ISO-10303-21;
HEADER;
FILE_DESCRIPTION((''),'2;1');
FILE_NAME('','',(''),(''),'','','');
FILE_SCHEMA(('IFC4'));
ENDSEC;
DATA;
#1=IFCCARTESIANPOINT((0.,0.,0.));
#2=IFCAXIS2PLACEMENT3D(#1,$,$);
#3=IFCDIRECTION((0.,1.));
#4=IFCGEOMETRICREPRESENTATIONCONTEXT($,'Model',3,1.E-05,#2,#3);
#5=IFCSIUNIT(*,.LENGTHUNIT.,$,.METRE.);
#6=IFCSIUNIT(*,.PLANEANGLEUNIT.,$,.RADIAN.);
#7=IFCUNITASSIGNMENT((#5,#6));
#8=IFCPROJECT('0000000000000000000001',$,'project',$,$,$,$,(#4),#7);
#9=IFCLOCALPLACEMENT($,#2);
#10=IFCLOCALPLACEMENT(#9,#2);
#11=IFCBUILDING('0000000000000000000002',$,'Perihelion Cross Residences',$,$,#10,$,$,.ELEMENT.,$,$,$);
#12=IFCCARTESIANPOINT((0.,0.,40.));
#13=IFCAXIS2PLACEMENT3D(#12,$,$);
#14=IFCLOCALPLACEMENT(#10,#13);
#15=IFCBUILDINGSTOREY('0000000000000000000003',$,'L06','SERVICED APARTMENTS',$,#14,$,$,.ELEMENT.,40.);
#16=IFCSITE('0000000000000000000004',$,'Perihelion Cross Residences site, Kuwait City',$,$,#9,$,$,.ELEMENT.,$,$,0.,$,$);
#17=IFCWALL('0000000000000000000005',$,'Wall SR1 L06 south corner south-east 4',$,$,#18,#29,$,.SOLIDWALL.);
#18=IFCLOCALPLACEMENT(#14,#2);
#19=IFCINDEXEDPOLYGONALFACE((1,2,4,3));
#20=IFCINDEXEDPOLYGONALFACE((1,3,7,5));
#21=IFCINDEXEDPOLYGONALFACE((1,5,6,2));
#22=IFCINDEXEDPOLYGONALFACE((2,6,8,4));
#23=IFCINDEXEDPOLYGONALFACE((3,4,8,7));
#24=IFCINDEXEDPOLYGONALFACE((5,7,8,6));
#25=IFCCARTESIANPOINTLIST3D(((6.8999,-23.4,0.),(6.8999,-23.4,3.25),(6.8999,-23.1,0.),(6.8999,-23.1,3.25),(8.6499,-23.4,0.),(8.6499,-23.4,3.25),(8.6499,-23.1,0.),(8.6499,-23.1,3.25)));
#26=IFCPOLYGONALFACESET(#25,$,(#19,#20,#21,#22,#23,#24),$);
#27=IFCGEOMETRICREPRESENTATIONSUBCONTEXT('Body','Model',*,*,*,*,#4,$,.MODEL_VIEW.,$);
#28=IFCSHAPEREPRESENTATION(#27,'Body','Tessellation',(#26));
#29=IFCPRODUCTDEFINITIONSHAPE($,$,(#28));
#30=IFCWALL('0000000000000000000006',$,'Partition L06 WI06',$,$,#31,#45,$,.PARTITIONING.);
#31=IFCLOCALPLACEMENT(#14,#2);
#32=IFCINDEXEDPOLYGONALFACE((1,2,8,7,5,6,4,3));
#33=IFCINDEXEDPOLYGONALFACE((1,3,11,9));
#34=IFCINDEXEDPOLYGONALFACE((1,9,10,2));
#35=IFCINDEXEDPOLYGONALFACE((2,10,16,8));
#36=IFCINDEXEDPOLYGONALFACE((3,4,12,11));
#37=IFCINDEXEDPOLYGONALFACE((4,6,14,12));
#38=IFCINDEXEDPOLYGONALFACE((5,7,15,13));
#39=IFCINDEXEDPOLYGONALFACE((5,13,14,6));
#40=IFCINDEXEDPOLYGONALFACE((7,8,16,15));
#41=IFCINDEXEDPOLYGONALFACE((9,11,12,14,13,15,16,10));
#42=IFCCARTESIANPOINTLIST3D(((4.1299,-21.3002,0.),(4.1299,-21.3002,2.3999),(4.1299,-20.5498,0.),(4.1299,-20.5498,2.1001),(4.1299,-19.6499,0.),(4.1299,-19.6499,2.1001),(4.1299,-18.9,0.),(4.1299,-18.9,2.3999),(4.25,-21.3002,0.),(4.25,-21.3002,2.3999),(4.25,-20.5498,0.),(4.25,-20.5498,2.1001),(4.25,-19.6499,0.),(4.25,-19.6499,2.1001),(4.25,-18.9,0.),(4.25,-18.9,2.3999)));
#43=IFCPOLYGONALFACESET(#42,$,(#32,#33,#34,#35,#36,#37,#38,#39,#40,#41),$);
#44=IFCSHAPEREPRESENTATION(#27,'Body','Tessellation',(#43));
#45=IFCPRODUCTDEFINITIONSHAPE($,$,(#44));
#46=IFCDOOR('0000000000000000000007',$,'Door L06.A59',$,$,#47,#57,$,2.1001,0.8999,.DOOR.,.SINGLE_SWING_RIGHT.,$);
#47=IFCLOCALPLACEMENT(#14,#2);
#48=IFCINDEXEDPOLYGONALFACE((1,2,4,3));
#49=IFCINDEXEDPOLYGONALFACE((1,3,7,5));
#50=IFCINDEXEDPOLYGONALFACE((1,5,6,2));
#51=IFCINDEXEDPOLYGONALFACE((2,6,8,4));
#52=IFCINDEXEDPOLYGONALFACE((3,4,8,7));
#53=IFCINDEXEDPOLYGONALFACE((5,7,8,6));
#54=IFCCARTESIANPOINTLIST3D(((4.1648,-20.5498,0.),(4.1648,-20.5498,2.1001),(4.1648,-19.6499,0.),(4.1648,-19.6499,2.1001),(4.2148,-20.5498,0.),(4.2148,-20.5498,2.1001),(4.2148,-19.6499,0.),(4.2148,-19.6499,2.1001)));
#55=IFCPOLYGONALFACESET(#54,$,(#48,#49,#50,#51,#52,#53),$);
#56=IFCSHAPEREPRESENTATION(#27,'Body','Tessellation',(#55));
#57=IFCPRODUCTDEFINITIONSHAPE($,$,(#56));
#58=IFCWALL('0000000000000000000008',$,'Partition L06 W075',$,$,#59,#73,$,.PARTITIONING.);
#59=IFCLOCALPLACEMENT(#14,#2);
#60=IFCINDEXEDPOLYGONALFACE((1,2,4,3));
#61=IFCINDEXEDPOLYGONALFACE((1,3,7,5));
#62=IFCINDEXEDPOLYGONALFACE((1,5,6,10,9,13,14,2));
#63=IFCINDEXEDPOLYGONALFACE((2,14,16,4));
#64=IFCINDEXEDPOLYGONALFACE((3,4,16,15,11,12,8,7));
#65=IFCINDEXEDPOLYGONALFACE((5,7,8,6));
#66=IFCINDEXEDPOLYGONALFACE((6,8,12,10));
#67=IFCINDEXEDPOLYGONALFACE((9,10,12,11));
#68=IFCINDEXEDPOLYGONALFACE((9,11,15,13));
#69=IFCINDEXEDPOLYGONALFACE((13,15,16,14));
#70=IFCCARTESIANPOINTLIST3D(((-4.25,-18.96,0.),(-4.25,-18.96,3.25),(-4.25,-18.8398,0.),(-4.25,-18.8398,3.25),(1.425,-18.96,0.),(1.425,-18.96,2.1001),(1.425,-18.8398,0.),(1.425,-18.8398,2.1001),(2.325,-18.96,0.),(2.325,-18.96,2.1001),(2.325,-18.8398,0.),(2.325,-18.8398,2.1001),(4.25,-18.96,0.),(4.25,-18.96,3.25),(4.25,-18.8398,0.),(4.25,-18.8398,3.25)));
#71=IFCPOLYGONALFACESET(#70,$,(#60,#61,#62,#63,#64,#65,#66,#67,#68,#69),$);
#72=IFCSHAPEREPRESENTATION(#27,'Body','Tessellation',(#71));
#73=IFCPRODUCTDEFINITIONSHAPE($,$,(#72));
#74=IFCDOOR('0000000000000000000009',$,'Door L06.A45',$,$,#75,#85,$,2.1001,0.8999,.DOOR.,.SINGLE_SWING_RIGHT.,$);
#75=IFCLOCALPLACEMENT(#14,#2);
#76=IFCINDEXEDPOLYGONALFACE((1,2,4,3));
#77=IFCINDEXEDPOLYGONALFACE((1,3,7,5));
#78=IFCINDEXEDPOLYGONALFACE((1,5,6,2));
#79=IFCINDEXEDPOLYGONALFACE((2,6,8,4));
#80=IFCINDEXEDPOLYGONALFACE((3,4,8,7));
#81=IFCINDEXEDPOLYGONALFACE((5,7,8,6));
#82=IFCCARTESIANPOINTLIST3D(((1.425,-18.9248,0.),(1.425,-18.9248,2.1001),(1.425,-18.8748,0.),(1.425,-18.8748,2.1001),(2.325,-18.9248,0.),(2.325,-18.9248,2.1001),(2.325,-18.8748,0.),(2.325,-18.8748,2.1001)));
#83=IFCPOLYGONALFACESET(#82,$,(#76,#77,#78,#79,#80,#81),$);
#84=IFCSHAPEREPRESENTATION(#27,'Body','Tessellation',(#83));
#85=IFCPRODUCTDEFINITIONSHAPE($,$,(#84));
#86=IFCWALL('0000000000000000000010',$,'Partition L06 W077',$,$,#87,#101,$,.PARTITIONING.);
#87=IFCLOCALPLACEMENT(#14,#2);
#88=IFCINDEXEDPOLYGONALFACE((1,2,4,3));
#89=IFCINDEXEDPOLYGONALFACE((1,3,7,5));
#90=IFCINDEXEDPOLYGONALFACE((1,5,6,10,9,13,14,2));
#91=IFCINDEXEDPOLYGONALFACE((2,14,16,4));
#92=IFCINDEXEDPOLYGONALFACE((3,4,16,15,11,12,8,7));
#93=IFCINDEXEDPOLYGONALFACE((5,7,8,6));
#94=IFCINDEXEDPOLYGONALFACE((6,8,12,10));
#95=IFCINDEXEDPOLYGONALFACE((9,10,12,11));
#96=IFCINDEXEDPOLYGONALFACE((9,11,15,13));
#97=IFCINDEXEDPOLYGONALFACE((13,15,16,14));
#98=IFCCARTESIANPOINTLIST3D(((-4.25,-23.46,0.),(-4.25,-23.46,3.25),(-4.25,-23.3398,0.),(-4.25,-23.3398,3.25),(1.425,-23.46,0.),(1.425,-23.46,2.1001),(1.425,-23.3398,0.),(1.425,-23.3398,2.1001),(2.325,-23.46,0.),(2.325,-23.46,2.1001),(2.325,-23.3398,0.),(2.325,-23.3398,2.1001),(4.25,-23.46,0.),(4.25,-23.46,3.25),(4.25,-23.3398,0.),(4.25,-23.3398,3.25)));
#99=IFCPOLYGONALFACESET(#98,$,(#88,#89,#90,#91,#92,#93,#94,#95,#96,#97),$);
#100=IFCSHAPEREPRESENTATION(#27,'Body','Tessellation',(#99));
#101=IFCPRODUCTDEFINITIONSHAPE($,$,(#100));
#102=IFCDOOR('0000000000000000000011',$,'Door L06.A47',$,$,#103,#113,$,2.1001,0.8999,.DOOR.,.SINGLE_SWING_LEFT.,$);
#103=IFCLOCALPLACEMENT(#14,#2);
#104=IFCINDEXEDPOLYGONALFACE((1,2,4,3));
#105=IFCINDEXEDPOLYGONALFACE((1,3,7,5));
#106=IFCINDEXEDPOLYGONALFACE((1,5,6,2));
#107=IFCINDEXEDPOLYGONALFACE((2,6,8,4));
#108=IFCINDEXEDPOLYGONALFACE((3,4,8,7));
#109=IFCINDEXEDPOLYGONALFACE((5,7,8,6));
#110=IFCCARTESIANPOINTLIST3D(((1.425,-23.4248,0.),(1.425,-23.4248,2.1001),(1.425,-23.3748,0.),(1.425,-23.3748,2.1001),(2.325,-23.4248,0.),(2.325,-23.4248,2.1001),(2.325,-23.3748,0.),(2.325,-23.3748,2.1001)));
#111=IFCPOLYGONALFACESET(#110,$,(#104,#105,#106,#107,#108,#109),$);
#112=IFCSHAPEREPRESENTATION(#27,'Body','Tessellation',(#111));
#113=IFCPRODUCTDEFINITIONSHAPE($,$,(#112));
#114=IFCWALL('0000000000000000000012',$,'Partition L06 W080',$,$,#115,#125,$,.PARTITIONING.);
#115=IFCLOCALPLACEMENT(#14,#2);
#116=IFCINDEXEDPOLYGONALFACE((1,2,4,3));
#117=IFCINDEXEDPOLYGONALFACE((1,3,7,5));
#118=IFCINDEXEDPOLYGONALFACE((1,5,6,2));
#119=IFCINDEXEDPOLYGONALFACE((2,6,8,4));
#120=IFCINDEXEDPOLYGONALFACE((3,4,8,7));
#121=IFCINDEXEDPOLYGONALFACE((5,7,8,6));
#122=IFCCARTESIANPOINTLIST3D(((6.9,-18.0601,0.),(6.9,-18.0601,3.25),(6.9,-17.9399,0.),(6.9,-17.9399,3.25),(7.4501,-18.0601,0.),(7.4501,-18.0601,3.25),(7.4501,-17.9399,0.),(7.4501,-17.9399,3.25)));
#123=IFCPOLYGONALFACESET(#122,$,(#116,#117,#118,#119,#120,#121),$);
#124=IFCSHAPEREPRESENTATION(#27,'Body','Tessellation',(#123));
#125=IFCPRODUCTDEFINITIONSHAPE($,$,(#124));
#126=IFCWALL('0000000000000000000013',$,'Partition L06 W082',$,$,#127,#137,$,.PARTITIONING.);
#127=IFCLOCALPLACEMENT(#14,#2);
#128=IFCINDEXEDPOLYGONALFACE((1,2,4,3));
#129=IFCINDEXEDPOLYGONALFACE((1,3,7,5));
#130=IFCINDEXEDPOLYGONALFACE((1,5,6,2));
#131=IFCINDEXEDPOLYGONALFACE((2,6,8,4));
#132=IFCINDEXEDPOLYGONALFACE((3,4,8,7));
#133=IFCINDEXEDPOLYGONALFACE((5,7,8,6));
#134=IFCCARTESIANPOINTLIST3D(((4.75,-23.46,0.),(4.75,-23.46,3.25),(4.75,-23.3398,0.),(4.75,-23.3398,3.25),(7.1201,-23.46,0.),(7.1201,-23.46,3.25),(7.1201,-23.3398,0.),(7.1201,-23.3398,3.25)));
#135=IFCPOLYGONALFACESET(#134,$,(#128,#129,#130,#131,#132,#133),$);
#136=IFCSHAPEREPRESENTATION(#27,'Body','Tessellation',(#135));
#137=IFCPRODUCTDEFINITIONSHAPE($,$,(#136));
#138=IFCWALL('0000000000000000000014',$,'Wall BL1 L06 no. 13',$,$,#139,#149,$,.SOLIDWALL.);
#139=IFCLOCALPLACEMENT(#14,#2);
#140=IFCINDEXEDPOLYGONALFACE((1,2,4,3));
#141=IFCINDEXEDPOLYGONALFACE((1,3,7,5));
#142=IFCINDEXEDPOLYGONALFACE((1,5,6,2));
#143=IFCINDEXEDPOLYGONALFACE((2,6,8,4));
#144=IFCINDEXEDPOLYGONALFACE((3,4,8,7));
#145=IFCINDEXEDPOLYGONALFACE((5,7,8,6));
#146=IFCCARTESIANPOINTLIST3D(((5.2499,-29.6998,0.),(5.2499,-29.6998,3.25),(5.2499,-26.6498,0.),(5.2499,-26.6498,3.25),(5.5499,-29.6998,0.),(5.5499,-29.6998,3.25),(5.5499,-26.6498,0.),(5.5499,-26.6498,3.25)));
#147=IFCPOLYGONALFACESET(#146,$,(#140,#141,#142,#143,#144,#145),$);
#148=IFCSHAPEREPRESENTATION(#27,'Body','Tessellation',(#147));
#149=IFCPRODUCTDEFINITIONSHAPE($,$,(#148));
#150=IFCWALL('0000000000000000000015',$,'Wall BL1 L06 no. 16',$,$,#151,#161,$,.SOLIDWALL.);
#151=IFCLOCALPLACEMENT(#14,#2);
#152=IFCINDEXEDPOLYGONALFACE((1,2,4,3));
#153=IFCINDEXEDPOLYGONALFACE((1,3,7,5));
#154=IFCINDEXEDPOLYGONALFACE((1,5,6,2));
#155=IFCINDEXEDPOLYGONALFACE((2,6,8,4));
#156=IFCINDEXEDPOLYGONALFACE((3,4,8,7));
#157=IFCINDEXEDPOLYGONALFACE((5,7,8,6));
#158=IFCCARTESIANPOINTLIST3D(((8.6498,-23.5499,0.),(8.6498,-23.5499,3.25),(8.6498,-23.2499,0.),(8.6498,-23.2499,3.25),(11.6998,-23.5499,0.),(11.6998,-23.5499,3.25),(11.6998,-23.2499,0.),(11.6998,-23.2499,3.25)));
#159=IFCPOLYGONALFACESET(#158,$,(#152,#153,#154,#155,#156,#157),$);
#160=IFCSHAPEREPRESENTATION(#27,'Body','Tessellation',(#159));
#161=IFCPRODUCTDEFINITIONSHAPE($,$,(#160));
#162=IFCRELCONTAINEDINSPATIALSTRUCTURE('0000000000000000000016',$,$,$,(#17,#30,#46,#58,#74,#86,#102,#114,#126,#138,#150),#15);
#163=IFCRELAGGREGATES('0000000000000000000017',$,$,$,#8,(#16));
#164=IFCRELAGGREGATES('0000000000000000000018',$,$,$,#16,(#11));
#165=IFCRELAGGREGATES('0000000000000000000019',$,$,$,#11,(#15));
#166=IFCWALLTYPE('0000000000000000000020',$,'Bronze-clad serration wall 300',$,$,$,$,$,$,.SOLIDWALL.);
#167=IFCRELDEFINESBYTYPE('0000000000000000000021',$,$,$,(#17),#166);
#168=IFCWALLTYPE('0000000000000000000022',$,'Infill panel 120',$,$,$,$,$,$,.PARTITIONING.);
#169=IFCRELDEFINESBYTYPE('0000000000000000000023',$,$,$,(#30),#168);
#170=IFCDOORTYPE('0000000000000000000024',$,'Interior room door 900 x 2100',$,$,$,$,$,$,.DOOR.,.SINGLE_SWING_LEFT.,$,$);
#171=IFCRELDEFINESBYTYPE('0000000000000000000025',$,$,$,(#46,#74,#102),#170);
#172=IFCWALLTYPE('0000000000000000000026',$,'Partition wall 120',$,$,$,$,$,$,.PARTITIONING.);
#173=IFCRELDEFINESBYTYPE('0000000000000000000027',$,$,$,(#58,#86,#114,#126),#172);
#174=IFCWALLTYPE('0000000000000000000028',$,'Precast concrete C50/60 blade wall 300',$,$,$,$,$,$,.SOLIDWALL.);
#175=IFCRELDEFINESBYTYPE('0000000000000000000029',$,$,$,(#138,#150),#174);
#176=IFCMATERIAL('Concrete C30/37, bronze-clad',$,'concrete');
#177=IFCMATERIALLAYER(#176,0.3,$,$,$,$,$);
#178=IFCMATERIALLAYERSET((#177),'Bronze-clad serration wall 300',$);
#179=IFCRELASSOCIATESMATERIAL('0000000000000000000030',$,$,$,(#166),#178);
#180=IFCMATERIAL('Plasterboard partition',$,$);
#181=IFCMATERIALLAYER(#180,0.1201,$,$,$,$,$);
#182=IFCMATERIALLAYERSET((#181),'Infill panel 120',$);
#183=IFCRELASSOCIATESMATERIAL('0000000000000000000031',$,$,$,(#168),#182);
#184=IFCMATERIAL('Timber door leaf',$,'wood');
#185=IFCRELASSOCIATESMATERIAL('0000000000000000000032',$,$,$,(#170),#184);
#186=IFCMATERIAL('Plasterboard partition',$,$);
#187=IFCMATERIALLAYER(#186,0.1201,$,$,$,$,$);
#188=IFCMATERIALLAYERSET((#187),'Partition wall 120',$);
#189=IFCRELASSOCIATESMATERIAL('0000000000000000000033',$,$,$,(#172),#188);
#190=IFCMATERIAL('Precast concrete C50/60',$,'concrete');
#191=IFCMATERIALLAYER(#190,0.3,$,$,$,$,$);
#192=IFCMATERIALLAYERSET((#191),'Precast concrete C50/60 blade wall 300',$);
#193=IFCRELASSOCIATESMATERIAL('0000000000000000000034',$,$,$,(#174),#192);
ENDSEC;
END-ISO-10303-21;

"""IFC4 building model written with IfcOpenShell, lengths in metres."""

from ifc_helpers import new_model, si_unit, direction, frame, frame_2d, origin, place, context, subcontext, project, spatial, rectangle, extrude, material, layer, layer_set, type_object, element, fill, save


model = new_model("IFC4")

# Units and contexts
model_context = context("Model", 3, precision=1e-05, world=origin(), true_north=direction((0.0, 1.0)))
body_context = subcontext(model_context, "Body", "Model", "MODEL_VIEW")
ifc_project = project(units=[si_unit("LENGTHUNIT", "METRE"), si_unit("PLANEANGLEUNIT", "RADIAN")], contexts=[model_context])

# Site, building, storey
site_placement = place(None, origin())
site = spatial("IfcSite", under=ifc_project, at=site_placement, Name="Perihelion Cross Residences site, Kuwait City", CompositionType="ELEMENT", RefElevation=0.0)
building_placement = place(site_placement, origin())
building = spatial("IfcBuilding", under=site, at=building_placement, Name="Perihelion Cross Residences", CompositionType="ELEMENT")
storey_placement = place(building_placement, frame((0.0, 0.0, 40.0)))
storey = spatial("IfcBuildingStorey", under=building, at=storey_placement, Name="L06", Description="SERVICED APARTMENTS", CompositionType="ELEMENT", Elevation=40.0)

# Wall
ifc_material_1 = material(Name="Concrete C30/37, bronze-clad", Category="concrete")
ifc_layer_1 = layer(ifc_material_1, 0.3)
ifc_layer_set_1 = layer_set([ifc_layer_1], Name="Bronze-clad serration wall 300")
wall_type_1 = type_object("IfcWallType", Name="Bronze-clad serration wall 300", PredefinedType="SOLIDWALL", material=ifc_layer_set_1)
wall_1_placement = place(storey_placement, frame((6.8999, -23.25, 0.0), z_axis=(0.0, 0.0, 1.0), x_axis=(1.0, 0.0, 0.0)))
element("IfcWall", 1, at=wall_1_placement, inside=storey, type_object=wall_type_1, Name="Wall SR1 L06 south corner south-east 4", PredefinedType="SOLIDWALL", context=body_context, shape_type="SweptSolid", body=[
    extrude(rectangle(XDim=1.75, YDim=0.3, at=frame_2d((0.875, 0.0))), origin(), (0.0, 0.0, 1.0), 3.25),
])

# Walls, openings, doors
ifc_material_2 = material(Name="Plasterboard partition")
ifc_layer_2 = layer(ifc_material_2, 0.1201)
ifc_layer_set_2 = layer_set([ifc_layer_2], Name="Infill panel 120")
wall_type_2 = type_object("IfcWallType", Name="Infill panel 120", PredefinedType="PARTITIONING", material=ifc_layer_set_2)
wall_2_placement = place(storey_placement, frame((4.1899, -18.8999, 0.0), z_axis=(0.0, 0.0, 1.0), x_axis=(0.0, -1.0, 0.0)))
wall_2 = element("IfcWall", 2, at=wall_2_placement, inside=storey, type_object=wall_type_2, Name="Partition L06 WI06", PredefinedType="PARTITIONING", context=body_context, shape_type="SweptSolid", body=[
    extrude(rectangle(XDim=2.4001, YDim=0.1201, at=frame_2d((1.2002, 0.0))), origin(), (0.0, 0.0, 1.0), 2.3999),
])
opening_1_placement = place(wall_2_placement, frame((0.75, 0.0, 0.0)))
opening_1 = element("IfcOpeningElement", 3, at=opening_1_placement, cuts=wall_2, PredefinedType="OPENING", context=body_context, shape_type="SweptSolid", body=[
    extrude(rectangle(XDim=0.8999, YDim=2.1001, at=frame_2d((0.45, 1.05))), frame((0.0, 0.0701, 0.0), z_axis=(0.0, -1.0, 0.0), x_axis=(1.0, 0.0, 0.0)), (0.0, 0.0, 1.0), 0.1401),
])
ifc_material_3 = material(Name="Timber door leaf", Category="wood")
door_type_1 = type_object("IfcDoorType", Name="Interior room door 900 x 2100", OperationType="SINGLE_SWING_LEFT", PredefinedType="DOOR", material=ifc_material_3)
door_1_placement = place(opening_1_placement, origin())
door_1 = element("IfcDoor", 4, at=door_1_placement, inside=storey, type_object=door_type_1, Name="Door L06.A59", OperationType="SINGLE_SWING_RIGHT", OverallHeight=2.1001, OverallWidth=0.8999, PredefinedType="DOOR", context=body_context, shape_type="SweptSolid", body=[
    extrude(rectangle(XDim=0.8999, YDim=2.1001, at=frame_2d((0.45, 1.05))), frame((0.0, 0.0249, 0.0), z_axis=(0.0, -1.0, 0.0), x_axis=(1.0, 0.0, 0.0)), (0.0, 0.0, 1.0), 0.05),
])
fill(opening_1, door_1)
ifc_material_4 = material(Name="Plasterboard partition")
ifc_layer_3 = layer(ifc_material_4, 0.1201)
ifc_layer_set_3 = layer_set([ifc_layer_3], Name="Partition wall 120")
wall_type_3 = type_object("IfcWallType", Name="Partition wall 120", PredefinedType="PARTITIONING", material=ifc_layer_set_3)
wall_3_placement = place(storey_placement, frame((4.25, -18.8999, 0.0), z_axis=(0.0, 0.0, 1.0), x_axis=(-1.0, 0.0, 0.0)))
wall_3 = element("IfcWall", 5, at=wall_3_placement, inside=storey, type_object=wall_type_3, Name="Partition L06 W075", PredefinedType="PARTITIONING", context=body_context, shape_type="SweptSolid", body=[
    extrude(rectangle(XDim=8.5, YDim=0.1201, at=frame_2d((4.25, 0.0))), origin(), (0.0, 0.0, 1.0), 3.25),
])
opening_2_placement = place(wall_3_placement, frame((1.925, 0.0, 0.0)))
opening_2 = element("IfcOpeningElement", 6, at=opening_2_placement, cuts=wall_3, PredefinedType="OPENING", context=body_context, shape_type="SweptSolid", body=[
    extrude(rectangle(XDim=0.8999, YDim=2.1001, at=frame_2d((0.45, 1.05))), frame((0.0, 0.0701, 0.0), z_axis=(0.0, -1.0, 0.0), x_axis=(1.0, 0.0, 0.0)), (0.0, 0.0, 1.0), 0.1401),
])
door_2_placement = place(opening_2_placement, origin())
door_2 = element("IfcDoor", 7, at=door_2_placement, inside=storey, type_object=door_type_1, Name="Door L06.A45", OperationType="SINGLE_SWING_RIGHT", OverallHeight=2.1001, OverallWidth=0.8999, PredefinedType="DOOR", context=body_context, shape_type="SweptSolid", body=[
    extrude(rectangle(XDim=0.8999, YDim=2.1001, at=frame_2d((0.45, 1.05))), frame((0.0, 0.0249, 0.0), z_axis=(0.0, -1.0, 0.0), x_axis=(1.0, 0.0, 0.0)), (0.0, 0.0, 1.0), 0.05),
])
fill(opening_2, door_2)
wall_4_placement = place(storey_placement, frame((4.25, -23.3999, 0.0), z_axis=(0.0, 0.0, 1.0), x_axis=(-1.0, 0.0, 0.0)))
wall_4 = element("IfcWall", 8, at=wall_4_placement, inside=storey, type_object=wall_type_3, Name="Partition L06 W077", PredefinedType="PARTITIONING", context=body_context, shape_type="SweptSolid", body=[
    extrude(rectangle(XDim=8.5, YDim=0.1201, at=frame_2d((4.25, 0.0))), origin(), (0.0, 0.0, 1.0), 3.25),
])
opening_3_placement = place(wall_4_placement, frame((1.925, 0.0, 0.0)))
opening_3 = element("IfcOpeningElement", 9, at=opening_3_placement, cuts=wall_4, PredefinedType="OPENING", context=body_context, shape_type="SweptSolid", body=[
    extrude(rectangle(XDim=0.8999, YDim=2.1001, at=frame_2d((0.45, 1.05))), frame((0.0, 0.0701, 0.0), z_axis=(0.0, -1.0, 0.0), x_axis=(1.0, 0.0, 0.0)), (0.0, 0.0, 1.0), 0.1401),
])
door_3_placement = place(opening_3_placement, origin())
door_3 = element("IfcDoor", 10, at=door_3_placement, inside=storey, type_object=door_type_1, Name="Door L06.A47", OperationType="SINGLE_SWING_LEFT", OverallHeight=2.1001, OverallWidth=0.8999, PredefinedType="DOOR", context=body_context, shape_type="SweptSolid", body=[
    extrude(rectangle(XDim=0.8999, YDim=2.1001, at=frame_2d((0.45, 1.05))), frame((0.0, 0.0249, 0.0), z_axis=(0.0, -1.0, 0.0), x_axis=(1.0, 0.0, 0.0)), (0.0, 0.0, 1.0), 0.05),
])
fill(opening_3, door_3)

# Walls
wall_5_placement = place(storey_placement, frame((7.45, -18.0, 0.0), z_axis=(0.0, 0.0, 1.0), x_axis=(-1.0, 0.0, 0.0)))
element("IfcWall", 11, at=wall_5_placement, inside=storey, type_object=wall_type_3, Name="Partition L06 W080", PredefinedType="PARTITIONING", context=body_context, shape_type="SweptSolid", body=[
    extrude(rectangle(XDim=0.55, YDim=0.1201, at=frame_2d((0.2749, 0.0))), origin(), (0.0, 0.0, 1.0), 3.25),
])
wall_6_placement = place(storey_placement, frame((7.1201, -23.3999, 0.0), z_axis=(0.0, 0.0, 1.0), x_axis=(-1.0, 0.0, 0.0)))
element("IfcWall", 12, at=wall_6_placement, inside=storey, type_object=wall_type_3, Name="Partition L06 W082", PredefinedType="PARTITIONING", context=body_context, shape_type="SweptSolid", body=[
    extrude(rectangle(XDim=2.3701, YDim=0.1201, at=frame_2d((1.1851, 0.0))), origin(), (0.0, 0.0, 1.0), 3.25),
])
ifc_material_5 = material(Name="Precast concrete C50/60", Category="concrete")
ifc_layer_4 = layer(ifc_material_5, 0.3)
ifc_layer_set_4 = layer_set([ifc_layer_4], Name="Precast concrete C50/60 blade wall 300")
wall_type_4 = type_object("IfcWallType", Name="Precast concrete C50/60 blade wall 300", PredefinedType="SOLIDWALL", material=ifc_layer_set_4)
for number, where, z_axis, x_axis, name in (
    (13, (5.3999, -26.6499, 0.0), (0.0, 0.0, 1.0), (0.0, -1.0, 0.0), "Wall BL1 L06 no. 13"),
    (14, (8.6499, -23.3999, 0.0), (0.0, 0.0, 1.0), (1.0, 0.0, 0.0), "Wall BL1 L06 no. 16"),
):
    element("IfcWall", number, at=place(storey_placement, frame(where, z_axis=z_axis, x_axis=x_axis)), inside=storey, type_object=wall_type_4, Name=name, PredefinedType="SOLIDWALL", context=body_context, shape_type="SweptSolid", body=[
        extrude(rectangle(XDim=3.05, YDim=0.3, at=frame_2d((1.5249, 0.0))), origin(), (0.0, 0.0, 1.0), 3.25),
    ])

save(model, "model.ifc")
